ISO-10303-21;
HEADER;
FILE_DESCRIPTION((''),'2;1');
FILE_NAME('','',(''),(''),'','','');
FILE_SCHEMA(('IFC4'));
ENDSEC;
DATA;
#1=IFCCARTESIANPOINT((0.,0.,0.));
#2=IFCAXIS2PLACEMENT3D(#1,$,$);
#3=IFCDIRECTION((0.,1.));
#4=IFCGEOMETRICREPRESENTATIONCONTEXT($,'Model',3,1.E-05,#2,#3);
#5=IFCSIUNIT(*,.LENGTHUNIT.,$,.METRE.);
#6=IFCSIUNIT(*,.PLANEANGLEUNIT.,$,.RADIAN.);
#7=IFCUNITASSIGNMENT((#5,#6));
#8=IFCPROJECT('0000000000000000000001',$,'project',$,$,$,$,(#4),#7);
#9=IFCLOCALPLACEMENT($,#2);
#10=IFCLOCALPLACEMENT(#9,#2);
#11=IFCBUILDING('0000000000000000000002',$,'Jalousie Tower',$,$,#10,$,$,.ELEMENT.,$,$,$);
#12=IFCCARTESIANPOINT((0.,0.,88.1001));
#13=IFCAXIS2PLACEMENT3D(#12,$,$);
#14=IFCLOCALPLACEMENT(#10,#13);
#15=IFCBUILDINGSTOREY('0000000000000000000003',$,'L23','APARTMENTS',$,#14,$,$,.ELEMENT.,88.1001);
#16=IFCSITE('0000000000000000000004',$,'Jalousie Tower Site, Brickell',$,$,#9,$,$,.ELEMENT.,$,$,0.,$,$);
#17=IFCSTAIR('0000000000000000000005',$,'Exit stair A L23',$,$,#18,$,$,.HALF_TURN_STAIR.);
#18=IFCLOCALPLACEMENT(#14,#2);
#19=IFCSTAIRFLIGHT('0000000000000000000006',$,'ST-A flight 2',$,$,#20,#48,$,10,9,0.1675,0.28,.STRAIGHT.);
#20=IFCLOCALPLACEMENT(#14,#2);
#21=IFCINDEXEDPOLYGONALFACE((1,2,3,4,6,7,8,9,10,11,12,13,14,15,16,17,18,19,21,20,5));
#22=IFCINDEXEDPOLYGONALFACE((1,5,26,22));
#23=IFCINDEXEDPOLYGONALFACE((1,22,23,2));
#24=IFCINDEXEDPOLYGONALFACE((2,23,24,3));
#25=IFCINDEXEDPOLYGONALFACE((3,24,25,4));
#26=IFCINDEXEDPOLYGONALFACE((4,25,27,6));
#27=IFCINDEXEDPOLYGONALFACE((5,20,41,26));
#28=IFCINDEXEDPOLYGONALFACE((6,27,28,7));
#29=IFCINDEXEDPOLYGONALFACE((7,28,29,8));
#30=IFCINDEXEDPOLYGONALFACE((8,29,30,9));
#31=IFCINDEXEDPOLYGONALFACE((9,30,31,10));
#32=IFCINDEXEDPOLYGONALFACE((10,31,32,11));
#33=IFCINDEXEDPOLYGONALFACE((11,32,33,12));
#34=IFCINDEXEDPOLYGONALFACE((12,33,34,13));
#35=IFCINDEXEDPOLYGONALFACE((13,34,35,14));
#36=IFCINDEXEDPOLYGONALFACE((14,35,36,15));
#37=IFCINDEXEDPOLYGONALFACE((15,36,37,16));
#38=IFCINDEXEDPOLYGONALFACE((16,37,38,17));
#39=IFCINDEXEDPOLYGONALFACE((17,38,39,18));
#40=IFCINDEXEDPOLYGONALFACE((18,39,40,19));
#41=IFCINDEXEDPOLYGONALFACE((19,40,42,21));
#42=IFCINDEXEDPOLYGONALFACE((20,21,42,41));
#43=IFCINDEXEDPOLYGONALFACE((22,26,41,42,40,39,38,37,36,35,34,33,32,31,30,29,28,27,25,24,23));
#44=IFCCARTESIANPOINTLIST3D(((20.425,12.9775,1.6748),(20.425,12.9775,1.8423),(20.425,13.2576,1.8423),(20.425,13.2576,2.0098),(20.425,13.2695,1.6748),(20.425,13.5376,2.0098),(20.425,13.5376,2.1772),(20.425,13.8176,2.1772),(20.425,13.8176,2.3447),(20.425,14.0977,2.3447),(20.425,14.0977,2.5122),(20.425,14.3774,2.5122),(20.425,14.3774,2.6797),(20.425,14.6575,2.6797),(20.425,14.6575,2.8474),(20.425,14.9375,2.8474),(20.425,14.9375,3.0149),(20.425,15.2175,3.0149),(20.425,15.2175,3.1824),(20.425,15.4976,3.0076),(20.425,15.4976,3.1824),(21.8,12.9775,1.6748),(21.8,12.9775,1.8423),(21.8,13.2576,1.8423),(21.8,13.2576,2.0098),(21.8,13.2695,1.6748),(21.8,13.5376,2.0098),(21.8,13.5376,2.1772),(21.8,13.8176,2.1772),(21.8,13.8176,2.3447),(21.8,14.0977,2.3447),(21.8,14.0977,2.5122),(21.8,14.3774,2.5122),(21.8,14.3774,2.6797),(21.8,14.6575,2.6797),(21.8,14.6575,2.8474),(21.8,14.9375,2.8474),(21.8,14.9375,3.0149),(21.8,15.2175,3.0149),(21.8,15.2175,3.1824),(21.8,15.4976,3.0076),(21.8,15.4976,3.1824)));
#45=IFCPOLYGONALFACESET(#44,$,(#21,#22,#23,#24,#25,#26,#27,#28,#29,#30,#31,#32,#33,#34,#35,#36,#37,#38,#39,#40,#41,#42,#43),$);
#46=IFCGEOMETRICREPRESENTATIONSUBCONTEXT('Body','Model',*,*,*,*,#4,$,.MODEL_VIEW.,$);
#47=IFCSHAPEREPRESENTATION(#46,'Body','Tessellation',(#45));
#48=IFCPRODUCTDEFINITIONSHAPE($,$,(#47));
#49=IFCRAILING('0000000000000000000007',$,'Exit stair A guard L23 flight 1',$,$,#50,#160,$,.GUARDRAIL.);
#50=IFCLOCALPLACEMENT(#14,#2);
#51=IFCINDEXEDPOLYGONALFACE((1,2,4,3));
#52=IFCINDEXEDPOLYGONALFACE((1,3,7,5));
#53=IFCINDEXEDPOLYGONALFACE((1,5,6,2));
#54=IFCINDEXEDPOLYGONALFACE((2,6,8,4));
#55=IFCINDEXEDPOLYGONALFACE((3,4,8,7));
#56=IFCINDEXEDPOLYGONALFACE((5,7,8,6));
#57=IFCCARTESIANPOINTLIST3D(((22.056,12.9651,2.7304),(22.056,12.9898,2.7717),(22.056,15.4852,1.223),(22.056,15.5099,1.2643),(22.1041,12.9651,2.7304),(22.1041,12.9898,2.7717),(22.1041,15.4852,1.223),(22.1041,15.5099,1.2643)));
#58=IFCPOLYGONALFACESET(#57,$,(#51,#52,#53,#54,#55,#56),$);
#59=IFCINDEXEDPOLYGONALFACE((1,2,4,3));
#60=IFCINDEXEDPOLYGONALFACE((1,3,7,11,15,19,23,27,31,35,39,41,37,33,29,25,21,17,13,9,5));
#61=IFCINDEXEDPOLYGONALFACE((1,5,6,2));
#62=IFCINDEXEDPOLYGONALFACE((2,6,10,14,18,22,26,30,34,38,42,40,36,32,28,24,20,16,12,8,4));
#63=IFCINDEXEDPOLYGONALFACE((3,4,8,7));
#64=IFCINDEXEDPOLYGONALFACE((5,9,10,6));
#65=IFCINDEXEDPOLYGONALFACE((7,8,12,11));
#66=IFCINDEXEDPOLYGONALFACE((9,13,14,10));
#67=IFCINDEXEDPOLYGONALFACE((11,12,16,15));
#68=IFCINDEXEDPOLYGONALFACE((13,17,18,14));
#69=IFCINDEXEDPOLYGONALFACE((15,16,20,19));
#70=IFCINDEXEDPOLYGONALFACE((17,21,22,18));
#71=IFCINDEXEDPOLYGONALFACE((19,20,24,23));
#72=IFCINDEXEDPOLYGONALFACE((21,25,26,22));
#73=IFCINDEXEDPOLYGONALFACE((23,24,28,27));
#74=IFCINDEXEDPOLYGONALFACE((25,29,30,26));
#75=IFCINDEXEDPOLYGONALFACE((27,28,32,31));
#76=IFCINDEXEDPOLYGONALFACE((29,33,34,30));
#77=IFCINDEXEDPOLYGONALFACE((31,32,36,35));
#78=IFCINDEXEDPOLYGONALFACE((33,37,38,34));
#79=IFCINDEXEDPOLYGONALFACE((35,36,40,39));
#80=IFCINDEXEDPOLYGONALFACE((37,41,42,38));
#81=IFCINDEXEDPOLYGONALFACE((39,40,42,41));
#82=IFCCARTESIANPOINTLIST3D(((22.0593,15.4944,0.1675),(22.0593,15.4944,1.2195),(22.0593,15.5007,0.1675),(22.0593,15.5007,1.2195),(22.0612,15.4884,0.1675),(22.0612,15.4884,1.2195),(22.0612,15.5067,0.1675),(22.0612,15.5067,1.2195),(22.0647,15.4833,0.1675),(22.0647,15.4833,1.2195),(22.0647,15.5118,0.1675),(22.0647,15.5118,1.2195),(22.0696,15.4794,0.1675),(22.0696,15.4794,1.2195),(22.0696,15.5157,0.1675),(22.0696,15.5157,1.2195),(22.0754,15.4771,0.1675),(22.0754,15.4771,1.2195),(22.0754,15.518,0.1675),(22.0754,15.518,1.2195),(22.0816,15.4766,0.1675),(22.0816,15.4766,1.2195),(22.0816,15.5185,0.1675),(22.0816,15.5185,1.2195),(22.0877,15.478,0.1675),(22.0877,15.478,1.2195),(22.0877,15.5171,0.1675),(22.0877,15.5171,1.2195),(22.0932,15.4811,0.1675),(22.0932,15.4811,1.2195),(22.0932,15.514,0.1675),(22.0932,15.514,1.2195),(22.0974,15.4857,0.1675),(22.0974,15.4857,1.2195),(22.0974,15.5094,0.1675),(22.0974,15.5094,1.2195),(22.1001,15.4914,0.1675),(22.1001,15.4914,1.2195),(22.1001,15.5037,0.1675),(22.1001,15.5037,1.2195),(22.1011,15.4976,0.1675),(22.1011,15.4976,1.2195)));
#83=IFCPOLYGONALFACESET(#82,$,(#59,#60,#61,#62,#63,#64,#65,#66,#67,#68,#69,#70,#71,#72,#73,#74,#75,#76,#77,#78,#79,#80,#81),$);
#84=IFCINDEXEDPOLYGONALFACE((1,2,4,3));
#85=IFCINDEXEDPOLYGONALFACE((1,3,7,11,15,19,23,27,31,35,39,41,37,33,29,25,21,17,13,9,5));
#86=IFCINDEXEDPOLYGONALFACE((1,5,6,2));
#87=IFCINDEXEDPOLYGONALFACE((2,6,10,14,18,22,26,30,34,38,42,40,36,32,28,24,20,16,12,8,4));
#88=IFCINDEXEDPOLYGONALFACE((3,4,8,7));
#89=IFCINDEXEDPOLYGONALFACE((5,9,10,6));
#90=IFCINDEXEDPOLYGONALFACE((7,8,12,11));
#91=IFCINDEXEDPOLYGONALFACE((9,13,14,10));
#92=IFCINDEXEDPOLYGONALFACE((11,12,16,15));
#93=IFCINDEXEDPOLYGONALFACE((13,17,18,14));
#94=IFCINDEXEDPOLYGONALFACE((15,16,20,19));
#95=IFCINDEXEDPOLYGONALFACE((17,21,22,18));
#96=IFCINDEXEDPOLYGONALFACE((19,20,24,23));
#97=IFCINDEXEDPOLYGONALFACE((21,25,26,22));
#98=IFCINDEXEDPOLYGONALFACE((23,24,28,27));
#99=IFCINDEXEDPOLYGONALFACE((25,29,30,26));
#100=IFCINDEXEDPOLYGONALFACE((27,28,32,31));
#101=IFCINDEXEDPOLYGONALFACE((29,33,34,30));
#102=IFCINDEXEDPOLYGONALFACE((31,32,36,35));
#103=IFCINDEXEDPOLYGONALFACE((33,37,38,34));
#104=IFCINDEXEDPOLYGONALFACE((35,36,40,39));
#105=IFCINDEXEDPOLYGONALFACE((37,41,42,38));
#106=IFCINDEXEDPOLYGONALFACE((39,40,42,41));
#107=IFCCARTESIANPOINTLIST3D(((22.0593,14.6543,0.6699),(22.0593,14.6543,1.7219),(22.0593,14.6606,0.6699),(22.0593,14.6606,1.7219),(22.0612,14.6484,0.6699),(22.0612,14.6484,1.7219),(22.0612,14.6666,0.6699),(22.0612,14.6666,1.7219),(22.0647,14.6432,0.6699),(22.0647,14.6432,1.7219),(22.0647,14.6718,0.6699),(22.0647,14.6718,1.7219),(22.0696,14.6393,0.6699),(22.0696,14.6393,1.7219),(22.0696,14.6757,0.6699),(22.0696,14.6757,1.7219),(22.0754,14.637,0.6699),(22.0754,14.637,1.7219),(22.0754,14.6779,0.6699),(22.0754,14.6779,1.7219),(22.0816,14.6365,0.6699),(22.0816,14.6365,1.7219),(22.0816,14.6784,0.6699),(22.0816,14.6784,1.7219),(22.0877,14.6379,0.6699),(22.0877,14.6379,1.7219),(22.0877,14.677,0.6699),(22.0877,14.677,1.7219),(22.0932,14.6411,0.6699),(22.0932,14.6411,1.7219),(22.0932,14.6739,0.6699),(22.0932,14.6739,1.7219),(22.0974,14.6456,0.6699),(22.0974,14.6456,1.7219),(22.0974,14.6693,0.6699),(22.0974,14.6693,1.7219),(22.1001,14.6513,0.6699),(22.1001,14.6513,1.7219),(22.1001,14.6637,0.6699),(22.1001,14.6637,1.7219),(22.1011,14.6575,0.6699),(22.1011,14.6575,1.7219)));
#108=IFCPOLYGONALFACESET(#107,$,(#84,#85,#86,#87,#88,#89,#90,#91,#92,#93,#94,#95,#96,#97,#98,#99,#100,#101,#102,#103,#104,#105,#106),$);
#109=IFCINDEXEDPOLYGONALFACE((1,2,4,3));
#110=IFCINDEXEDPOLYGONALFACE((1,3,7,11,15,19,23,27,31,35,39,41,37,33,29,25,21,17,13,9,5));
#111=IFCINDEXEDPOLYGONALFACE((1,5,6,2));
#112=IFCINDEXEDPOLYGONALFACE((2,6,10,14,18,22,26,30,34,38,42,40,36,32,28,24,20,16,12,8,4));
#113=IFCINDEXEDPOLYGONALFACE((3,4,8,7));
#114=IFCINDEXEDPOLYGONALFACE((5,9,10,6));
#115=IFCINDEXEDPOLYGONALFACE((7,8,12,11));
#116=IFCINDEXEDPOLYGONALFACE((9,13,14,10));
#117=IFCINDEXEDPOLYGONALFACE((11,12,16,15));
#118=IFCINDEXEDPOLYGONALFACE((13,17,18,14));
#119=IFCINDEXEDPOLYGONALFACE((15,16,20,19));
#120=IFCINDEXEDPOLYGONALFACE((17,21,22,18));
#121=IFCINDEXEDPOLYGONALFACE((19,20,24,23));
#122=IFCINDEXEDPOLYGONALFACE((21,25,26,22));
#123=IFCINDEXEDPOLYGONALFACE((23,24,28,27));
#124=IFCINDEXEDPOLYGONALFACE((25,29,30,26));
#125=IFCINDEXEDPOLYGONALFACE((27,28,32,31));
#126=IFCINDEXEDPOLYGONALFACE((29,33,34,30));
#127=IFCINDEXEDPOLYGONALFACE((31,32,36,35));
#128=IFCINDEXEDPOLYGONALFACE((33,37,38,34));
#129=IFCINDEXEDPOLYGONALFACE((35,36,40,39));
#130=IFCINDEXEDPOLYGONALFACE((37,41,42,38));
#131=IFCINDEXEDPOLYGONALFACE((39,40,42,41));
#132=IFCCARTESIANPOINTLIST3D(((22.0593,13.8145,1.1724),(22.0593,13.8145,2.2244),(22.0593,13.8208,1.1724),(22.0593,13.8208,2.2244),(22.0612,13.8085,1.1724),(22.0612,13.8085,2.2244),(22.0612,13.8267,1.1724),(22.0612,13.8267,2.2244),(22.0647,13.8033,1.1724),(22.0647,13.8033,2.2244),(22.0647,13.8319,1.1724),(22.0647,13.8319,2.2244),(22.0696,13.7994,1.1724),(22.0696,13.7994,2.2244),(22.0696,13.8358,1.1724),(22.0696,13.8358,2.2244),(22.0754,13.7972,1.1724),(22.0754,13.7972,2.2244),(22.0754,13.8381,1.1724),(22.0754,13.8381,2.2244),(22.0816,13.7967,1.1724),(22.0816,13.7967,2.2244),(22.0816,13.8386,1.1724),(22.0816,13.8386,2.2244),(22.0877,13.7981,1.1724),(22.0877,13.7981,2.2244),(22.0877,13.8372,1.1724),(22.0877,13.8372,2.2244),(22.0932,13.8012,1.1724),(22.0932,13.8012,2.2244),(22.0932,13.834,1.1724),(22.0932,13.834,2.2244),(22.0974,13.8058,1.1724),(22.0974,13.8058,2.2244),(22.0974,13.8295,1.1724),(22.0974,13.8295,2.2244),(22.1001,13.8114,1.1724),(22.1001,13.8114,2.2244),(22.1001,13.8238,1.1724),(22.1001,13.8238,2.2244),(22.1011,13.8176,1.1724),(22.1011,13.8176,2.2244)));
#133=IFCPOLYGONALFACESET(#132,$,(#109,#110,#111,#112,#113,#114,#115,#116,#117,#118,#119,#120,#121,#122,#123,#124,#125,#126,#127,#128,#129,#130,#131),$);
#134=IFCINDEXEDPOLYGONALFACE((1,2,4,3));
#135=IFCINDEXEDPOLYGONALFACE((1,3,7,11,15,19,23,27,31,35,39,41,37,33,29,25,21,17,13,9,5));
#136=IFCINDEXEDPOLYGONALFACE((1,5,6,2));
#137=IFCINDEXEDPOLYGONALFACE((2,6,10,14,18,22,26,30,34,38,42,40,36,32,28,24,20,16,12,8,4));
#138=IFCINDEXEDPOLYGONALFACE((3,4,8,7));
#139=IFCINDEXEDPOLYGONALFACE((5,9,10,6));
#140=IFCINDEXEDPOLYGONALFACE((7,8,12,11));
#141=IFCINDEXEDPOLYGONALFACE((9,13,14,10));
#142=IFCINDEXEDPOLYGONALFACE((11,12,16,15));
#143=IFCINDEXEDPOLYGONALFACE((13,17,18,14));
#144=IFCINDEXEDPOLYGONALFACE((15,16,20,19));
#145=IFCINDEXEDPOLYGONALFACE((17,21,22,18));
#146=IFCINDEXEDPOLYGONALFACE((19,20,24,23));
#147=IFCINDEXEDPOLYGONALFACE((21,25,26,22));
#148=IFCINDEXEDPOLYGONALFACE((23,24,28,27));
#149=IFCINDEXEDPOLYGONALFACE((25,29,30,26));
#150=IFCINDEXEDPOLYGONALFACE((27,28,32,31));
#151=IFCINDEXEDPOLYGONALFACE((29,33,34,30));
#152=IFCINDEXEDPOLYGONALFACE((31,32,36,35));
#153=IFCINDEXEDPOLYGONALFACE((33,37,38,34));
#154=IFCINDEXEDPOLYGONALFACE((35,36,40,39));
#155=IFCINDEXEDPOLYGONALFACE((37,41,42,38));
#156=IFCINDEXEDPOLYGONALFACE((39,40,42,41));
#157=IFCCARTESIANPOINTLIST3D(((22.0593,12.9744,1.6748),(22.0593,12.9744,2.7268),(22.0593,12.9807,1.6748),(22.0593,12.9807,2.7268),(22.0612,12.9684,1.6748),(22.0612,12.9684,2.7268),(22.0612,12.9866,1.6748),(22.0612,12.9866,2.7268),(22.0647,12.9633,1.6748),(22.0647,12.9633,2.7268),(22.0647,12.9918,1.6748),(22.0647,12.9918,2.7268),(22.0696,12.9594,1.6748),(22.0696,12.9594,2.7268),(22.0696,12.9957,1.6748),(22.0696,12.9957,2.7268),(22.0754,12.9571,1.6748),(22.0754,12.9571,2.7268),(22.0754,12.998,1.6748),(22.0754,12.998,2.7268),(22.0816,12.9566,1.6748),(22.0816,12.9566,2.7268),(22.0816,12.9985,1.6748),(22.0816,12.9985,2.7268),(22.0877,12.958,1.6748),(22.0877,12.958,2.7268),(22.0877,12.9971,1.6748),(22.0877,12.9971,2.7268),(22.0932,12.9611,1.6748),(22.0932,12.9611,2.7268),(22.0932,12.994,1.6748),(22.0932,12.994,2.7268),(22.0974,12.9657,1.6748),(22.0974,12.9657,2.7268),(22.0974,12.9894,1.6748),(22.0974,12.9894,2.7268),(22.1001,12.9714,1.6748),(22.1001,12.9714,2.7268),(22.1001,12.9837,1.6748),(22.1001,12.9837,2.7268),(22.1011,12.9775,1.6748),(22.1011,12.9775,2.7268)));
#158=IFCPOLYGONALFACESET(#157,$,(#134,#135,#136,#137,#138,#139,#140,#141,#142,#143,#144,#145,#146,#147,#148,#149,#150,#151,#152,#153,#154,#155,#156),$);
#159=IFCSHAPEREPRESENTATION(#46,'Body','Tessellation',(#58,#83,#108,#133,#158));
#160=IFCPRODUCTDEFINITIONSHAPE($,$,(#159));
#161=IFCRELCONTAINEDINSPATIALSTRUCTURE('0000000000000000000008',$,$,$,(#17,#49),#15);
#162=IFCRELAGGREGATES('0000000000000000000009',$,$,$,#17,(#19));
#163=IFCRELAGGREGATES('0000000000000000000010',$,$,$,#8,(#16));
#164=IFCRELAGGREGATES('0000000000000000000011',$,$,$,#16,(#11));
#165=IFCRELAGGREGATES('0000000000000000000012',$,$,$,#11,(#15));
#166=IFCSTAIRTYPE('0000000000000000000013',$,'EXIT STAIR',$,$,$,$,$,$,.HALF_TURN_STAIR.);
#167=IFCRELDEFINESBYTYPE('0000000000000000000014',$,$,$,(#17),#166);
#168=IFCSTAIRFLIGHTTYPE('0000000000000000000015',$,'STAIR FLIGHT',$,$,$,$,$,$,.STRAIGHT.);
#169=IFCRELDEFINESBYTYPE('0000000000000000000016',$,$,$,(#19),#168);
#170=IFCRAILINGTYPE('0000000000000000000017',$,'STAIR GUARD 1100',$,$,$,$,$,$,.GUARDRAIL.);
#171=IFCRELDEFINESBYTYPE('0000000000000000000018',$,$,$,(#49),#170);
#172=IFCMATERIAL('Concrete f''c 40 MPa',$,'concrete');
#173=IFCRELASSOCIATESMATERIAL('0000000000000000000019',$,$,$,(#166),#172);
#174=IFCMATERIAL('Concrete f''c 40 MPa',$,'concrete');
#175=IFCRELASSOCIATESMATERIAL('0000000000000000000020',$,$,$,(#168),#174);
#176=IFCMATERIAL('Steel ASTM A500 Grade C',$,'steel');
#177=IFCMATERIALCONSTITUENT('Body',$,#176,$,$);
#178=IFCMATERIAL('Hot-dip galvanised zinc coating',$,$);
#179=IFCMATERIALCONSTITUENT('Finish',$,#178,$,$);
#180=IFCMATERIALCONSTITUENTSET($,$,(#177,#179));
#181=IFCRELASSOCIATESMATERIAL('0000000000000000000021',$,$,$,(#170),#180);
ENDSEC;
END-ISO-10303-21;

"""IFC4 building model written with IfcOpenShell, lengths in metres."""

from ifc_helpers import new_model, si_unit, direction, frame, origin, origin_2d, place, context, subcontext, project, spatial, polyline, rectangle, circle, outline, extrude, material, constituent, constituent_set, type_object, element, aggregate, save


model = new_model("IFC4")

# Units and contexts
model_context = context("Model", 3, precision=1e-05, world=origin(), true_north=direction((0.0, 1.0)))
body_context = subcontext(model_context, "Body", "Model", "MODEL_VIEW")
ifc_project = project(units=[si_unit("LENGTHUNIT", "METRE"), si_unit("PLANEANGLEUNIT", "RADIAN")], contexts=[model_context])

# Site, building, storey
site_placement = place(None, origin())
site = spatial("IfcSite", under=ifc_project, at=site_placement, Name="Jalousie Tower Site, Brickell", CompositionType="ELEMENT", RefElevation=0.0)
building_placement = place(site_placement, origin())
building = spatial("IfcBuilding", under=site, at=building_placement, Name="Jalousie Tower", CompositionType="ELEMENT")
storey_placement = place(building_placement, frame((0.0, 0.0, 88.1001)))
storey = spatial("IfcBuildingStorey", under=building, at=storey_placement, Name="L23", Description="APARTMENTS", CompositionType="ELEMENT", Elevation=88.1001)

# Stair, stair flight
ifc_material_1 = material(Name="Concrete f'c 40 MPa", Category="concrete")
stair_type = type_object("IfcStairType", Name="EXIT STAIR", PredefinedType="HALF_TURN_STAIR", material=ifc_material_1)
stair_placement = place(storey_placement, origin())
stair = element("IfcStair", 1, at=stair_placement, inside=storey, type_object=stair_type, Name="Exit stair A L23", PredefinedType="HALF_TURN_STAIR")
ifc_material_2 = material(Name="Concrete f'c 40 MPa", Category="concrete")
stair_flight_type = type_object("IfcStairFlightType", Name="STAIR FLIGHT", PredefinedType="STRAIGHT", material=ifc_material_2)
stair_flight_1_placement = place(storey_placement, frame((21.1125, 12.9775, 1.6748), z_axis=(0.0, 0.0, 1.0), x_axis=(0.0, 1.0, 0.0)))
stair_flight_1 = element("IfcStairFlight", 2, at=stair_flight_1_placement, type_object=stair_flight_type, Name="ST-A flight 2", NumberOfRisers=10, NumberOfTreads=9, PredefinedType="STRAIGHT", RiserHeight=0.1675, TreadLength=0.28, context=body_context, shape_type="SweptSolid", body=[
    extrude(outline(polyline([(0.0, 0.0), (0.0, 0.1675), (0.28, 0.1675), (0.28, 0.335), (0.5601, 0.335), (0.5601, 0.5024), (0.8401, 0.5024), (0.8401, 0.6699), (1.1201, 0.6699), (1.1201, 0.8374), (1.3999, 0.8374), (1.3999, 1.0049), (1.6799, 1.0049), (1.6799, 1.1726), (1.96, 1.1726), (1.96, 1.3401), (2.24, 1.3401), (2.24, 1.5076), (2.52, 1.5076), (2.52, 1.675), (2.52, 1.3328), (0.292, 0.0), (0.0, 0.0)])), frame((0.0, 0.6875, 0.0), z_axis=(0.0, -1.0, 0.0), x_axis=(1.0, 0.0, 0.0)), (0.0, 0.0, 1.0), 1.375),
])
aggregate(stair, [stair_flight_1])

# Railing
ifc_material_3 = material(Name="Steel ASTM A500 Grade C", Category="steel")
ifc_constituent_1 = constituent(ifc_material_3, Name="Body")
ifc_material_4 = material(Name="Hot-dip galvanised zinc coating")
ifc_constituent_2 = constituent(ifc_material_4, Name="Finish")
ifc_constituent_set_1 = constituent_set(constituents=[ifc_constituent_1, ifc_constituent_2])
railing_type_1 = type_object("IfcRailingType", Name="STAIR GUARD 1100", PredefinedType="GUARDRAIL", material=ifc_constituent_set_1)
railing_1_placement = place(storey_placement, frame((22.0801, 15.4976, 0.1675)))
element("IfcRailing", 3, at=railing_1_placement, inside=storey, type_object=railing_type_1, Name="Exit stair A guard L23 flight 1", PredefinedType="GUARDRAIL", context=body_context, shape_type="SweptSolid", body=[
    extrude(rectangle(XDim=0.0481, YDim=0.0481, at=origin_2d()), frame((0.0, 0.0, 1.0762), z_axis=(0.0, -0.858196, 0.513321), x_axis=(1.0, 0.0, 0.0)), (0.0, 0.0, 1.0), 2.9365),
    extrude(circle(Radius=0.021, at=origin_2d()), origin(), (0.0, 0.0, 1.0), 1.052),
    extrude(circle(Radius=0.021, at=origin_2d()), frame((0.0, -0.8401, 0.5024)), (0.0, 0.0, 1.0), 1.052),
    extrude(circle(Radius=0.021, at=origin_2d()), frame((0.0, -1.6799, 1.0049)), (0.0, 0.0, 1.0), 1.052),
    extrude(circle(Radius=0.021, at=origin_2d()), frame((0.0, -2.52, 1.5073)), (0.0, 0.0, 1.0), 1.052),
])

save(model, "model.ifc")
